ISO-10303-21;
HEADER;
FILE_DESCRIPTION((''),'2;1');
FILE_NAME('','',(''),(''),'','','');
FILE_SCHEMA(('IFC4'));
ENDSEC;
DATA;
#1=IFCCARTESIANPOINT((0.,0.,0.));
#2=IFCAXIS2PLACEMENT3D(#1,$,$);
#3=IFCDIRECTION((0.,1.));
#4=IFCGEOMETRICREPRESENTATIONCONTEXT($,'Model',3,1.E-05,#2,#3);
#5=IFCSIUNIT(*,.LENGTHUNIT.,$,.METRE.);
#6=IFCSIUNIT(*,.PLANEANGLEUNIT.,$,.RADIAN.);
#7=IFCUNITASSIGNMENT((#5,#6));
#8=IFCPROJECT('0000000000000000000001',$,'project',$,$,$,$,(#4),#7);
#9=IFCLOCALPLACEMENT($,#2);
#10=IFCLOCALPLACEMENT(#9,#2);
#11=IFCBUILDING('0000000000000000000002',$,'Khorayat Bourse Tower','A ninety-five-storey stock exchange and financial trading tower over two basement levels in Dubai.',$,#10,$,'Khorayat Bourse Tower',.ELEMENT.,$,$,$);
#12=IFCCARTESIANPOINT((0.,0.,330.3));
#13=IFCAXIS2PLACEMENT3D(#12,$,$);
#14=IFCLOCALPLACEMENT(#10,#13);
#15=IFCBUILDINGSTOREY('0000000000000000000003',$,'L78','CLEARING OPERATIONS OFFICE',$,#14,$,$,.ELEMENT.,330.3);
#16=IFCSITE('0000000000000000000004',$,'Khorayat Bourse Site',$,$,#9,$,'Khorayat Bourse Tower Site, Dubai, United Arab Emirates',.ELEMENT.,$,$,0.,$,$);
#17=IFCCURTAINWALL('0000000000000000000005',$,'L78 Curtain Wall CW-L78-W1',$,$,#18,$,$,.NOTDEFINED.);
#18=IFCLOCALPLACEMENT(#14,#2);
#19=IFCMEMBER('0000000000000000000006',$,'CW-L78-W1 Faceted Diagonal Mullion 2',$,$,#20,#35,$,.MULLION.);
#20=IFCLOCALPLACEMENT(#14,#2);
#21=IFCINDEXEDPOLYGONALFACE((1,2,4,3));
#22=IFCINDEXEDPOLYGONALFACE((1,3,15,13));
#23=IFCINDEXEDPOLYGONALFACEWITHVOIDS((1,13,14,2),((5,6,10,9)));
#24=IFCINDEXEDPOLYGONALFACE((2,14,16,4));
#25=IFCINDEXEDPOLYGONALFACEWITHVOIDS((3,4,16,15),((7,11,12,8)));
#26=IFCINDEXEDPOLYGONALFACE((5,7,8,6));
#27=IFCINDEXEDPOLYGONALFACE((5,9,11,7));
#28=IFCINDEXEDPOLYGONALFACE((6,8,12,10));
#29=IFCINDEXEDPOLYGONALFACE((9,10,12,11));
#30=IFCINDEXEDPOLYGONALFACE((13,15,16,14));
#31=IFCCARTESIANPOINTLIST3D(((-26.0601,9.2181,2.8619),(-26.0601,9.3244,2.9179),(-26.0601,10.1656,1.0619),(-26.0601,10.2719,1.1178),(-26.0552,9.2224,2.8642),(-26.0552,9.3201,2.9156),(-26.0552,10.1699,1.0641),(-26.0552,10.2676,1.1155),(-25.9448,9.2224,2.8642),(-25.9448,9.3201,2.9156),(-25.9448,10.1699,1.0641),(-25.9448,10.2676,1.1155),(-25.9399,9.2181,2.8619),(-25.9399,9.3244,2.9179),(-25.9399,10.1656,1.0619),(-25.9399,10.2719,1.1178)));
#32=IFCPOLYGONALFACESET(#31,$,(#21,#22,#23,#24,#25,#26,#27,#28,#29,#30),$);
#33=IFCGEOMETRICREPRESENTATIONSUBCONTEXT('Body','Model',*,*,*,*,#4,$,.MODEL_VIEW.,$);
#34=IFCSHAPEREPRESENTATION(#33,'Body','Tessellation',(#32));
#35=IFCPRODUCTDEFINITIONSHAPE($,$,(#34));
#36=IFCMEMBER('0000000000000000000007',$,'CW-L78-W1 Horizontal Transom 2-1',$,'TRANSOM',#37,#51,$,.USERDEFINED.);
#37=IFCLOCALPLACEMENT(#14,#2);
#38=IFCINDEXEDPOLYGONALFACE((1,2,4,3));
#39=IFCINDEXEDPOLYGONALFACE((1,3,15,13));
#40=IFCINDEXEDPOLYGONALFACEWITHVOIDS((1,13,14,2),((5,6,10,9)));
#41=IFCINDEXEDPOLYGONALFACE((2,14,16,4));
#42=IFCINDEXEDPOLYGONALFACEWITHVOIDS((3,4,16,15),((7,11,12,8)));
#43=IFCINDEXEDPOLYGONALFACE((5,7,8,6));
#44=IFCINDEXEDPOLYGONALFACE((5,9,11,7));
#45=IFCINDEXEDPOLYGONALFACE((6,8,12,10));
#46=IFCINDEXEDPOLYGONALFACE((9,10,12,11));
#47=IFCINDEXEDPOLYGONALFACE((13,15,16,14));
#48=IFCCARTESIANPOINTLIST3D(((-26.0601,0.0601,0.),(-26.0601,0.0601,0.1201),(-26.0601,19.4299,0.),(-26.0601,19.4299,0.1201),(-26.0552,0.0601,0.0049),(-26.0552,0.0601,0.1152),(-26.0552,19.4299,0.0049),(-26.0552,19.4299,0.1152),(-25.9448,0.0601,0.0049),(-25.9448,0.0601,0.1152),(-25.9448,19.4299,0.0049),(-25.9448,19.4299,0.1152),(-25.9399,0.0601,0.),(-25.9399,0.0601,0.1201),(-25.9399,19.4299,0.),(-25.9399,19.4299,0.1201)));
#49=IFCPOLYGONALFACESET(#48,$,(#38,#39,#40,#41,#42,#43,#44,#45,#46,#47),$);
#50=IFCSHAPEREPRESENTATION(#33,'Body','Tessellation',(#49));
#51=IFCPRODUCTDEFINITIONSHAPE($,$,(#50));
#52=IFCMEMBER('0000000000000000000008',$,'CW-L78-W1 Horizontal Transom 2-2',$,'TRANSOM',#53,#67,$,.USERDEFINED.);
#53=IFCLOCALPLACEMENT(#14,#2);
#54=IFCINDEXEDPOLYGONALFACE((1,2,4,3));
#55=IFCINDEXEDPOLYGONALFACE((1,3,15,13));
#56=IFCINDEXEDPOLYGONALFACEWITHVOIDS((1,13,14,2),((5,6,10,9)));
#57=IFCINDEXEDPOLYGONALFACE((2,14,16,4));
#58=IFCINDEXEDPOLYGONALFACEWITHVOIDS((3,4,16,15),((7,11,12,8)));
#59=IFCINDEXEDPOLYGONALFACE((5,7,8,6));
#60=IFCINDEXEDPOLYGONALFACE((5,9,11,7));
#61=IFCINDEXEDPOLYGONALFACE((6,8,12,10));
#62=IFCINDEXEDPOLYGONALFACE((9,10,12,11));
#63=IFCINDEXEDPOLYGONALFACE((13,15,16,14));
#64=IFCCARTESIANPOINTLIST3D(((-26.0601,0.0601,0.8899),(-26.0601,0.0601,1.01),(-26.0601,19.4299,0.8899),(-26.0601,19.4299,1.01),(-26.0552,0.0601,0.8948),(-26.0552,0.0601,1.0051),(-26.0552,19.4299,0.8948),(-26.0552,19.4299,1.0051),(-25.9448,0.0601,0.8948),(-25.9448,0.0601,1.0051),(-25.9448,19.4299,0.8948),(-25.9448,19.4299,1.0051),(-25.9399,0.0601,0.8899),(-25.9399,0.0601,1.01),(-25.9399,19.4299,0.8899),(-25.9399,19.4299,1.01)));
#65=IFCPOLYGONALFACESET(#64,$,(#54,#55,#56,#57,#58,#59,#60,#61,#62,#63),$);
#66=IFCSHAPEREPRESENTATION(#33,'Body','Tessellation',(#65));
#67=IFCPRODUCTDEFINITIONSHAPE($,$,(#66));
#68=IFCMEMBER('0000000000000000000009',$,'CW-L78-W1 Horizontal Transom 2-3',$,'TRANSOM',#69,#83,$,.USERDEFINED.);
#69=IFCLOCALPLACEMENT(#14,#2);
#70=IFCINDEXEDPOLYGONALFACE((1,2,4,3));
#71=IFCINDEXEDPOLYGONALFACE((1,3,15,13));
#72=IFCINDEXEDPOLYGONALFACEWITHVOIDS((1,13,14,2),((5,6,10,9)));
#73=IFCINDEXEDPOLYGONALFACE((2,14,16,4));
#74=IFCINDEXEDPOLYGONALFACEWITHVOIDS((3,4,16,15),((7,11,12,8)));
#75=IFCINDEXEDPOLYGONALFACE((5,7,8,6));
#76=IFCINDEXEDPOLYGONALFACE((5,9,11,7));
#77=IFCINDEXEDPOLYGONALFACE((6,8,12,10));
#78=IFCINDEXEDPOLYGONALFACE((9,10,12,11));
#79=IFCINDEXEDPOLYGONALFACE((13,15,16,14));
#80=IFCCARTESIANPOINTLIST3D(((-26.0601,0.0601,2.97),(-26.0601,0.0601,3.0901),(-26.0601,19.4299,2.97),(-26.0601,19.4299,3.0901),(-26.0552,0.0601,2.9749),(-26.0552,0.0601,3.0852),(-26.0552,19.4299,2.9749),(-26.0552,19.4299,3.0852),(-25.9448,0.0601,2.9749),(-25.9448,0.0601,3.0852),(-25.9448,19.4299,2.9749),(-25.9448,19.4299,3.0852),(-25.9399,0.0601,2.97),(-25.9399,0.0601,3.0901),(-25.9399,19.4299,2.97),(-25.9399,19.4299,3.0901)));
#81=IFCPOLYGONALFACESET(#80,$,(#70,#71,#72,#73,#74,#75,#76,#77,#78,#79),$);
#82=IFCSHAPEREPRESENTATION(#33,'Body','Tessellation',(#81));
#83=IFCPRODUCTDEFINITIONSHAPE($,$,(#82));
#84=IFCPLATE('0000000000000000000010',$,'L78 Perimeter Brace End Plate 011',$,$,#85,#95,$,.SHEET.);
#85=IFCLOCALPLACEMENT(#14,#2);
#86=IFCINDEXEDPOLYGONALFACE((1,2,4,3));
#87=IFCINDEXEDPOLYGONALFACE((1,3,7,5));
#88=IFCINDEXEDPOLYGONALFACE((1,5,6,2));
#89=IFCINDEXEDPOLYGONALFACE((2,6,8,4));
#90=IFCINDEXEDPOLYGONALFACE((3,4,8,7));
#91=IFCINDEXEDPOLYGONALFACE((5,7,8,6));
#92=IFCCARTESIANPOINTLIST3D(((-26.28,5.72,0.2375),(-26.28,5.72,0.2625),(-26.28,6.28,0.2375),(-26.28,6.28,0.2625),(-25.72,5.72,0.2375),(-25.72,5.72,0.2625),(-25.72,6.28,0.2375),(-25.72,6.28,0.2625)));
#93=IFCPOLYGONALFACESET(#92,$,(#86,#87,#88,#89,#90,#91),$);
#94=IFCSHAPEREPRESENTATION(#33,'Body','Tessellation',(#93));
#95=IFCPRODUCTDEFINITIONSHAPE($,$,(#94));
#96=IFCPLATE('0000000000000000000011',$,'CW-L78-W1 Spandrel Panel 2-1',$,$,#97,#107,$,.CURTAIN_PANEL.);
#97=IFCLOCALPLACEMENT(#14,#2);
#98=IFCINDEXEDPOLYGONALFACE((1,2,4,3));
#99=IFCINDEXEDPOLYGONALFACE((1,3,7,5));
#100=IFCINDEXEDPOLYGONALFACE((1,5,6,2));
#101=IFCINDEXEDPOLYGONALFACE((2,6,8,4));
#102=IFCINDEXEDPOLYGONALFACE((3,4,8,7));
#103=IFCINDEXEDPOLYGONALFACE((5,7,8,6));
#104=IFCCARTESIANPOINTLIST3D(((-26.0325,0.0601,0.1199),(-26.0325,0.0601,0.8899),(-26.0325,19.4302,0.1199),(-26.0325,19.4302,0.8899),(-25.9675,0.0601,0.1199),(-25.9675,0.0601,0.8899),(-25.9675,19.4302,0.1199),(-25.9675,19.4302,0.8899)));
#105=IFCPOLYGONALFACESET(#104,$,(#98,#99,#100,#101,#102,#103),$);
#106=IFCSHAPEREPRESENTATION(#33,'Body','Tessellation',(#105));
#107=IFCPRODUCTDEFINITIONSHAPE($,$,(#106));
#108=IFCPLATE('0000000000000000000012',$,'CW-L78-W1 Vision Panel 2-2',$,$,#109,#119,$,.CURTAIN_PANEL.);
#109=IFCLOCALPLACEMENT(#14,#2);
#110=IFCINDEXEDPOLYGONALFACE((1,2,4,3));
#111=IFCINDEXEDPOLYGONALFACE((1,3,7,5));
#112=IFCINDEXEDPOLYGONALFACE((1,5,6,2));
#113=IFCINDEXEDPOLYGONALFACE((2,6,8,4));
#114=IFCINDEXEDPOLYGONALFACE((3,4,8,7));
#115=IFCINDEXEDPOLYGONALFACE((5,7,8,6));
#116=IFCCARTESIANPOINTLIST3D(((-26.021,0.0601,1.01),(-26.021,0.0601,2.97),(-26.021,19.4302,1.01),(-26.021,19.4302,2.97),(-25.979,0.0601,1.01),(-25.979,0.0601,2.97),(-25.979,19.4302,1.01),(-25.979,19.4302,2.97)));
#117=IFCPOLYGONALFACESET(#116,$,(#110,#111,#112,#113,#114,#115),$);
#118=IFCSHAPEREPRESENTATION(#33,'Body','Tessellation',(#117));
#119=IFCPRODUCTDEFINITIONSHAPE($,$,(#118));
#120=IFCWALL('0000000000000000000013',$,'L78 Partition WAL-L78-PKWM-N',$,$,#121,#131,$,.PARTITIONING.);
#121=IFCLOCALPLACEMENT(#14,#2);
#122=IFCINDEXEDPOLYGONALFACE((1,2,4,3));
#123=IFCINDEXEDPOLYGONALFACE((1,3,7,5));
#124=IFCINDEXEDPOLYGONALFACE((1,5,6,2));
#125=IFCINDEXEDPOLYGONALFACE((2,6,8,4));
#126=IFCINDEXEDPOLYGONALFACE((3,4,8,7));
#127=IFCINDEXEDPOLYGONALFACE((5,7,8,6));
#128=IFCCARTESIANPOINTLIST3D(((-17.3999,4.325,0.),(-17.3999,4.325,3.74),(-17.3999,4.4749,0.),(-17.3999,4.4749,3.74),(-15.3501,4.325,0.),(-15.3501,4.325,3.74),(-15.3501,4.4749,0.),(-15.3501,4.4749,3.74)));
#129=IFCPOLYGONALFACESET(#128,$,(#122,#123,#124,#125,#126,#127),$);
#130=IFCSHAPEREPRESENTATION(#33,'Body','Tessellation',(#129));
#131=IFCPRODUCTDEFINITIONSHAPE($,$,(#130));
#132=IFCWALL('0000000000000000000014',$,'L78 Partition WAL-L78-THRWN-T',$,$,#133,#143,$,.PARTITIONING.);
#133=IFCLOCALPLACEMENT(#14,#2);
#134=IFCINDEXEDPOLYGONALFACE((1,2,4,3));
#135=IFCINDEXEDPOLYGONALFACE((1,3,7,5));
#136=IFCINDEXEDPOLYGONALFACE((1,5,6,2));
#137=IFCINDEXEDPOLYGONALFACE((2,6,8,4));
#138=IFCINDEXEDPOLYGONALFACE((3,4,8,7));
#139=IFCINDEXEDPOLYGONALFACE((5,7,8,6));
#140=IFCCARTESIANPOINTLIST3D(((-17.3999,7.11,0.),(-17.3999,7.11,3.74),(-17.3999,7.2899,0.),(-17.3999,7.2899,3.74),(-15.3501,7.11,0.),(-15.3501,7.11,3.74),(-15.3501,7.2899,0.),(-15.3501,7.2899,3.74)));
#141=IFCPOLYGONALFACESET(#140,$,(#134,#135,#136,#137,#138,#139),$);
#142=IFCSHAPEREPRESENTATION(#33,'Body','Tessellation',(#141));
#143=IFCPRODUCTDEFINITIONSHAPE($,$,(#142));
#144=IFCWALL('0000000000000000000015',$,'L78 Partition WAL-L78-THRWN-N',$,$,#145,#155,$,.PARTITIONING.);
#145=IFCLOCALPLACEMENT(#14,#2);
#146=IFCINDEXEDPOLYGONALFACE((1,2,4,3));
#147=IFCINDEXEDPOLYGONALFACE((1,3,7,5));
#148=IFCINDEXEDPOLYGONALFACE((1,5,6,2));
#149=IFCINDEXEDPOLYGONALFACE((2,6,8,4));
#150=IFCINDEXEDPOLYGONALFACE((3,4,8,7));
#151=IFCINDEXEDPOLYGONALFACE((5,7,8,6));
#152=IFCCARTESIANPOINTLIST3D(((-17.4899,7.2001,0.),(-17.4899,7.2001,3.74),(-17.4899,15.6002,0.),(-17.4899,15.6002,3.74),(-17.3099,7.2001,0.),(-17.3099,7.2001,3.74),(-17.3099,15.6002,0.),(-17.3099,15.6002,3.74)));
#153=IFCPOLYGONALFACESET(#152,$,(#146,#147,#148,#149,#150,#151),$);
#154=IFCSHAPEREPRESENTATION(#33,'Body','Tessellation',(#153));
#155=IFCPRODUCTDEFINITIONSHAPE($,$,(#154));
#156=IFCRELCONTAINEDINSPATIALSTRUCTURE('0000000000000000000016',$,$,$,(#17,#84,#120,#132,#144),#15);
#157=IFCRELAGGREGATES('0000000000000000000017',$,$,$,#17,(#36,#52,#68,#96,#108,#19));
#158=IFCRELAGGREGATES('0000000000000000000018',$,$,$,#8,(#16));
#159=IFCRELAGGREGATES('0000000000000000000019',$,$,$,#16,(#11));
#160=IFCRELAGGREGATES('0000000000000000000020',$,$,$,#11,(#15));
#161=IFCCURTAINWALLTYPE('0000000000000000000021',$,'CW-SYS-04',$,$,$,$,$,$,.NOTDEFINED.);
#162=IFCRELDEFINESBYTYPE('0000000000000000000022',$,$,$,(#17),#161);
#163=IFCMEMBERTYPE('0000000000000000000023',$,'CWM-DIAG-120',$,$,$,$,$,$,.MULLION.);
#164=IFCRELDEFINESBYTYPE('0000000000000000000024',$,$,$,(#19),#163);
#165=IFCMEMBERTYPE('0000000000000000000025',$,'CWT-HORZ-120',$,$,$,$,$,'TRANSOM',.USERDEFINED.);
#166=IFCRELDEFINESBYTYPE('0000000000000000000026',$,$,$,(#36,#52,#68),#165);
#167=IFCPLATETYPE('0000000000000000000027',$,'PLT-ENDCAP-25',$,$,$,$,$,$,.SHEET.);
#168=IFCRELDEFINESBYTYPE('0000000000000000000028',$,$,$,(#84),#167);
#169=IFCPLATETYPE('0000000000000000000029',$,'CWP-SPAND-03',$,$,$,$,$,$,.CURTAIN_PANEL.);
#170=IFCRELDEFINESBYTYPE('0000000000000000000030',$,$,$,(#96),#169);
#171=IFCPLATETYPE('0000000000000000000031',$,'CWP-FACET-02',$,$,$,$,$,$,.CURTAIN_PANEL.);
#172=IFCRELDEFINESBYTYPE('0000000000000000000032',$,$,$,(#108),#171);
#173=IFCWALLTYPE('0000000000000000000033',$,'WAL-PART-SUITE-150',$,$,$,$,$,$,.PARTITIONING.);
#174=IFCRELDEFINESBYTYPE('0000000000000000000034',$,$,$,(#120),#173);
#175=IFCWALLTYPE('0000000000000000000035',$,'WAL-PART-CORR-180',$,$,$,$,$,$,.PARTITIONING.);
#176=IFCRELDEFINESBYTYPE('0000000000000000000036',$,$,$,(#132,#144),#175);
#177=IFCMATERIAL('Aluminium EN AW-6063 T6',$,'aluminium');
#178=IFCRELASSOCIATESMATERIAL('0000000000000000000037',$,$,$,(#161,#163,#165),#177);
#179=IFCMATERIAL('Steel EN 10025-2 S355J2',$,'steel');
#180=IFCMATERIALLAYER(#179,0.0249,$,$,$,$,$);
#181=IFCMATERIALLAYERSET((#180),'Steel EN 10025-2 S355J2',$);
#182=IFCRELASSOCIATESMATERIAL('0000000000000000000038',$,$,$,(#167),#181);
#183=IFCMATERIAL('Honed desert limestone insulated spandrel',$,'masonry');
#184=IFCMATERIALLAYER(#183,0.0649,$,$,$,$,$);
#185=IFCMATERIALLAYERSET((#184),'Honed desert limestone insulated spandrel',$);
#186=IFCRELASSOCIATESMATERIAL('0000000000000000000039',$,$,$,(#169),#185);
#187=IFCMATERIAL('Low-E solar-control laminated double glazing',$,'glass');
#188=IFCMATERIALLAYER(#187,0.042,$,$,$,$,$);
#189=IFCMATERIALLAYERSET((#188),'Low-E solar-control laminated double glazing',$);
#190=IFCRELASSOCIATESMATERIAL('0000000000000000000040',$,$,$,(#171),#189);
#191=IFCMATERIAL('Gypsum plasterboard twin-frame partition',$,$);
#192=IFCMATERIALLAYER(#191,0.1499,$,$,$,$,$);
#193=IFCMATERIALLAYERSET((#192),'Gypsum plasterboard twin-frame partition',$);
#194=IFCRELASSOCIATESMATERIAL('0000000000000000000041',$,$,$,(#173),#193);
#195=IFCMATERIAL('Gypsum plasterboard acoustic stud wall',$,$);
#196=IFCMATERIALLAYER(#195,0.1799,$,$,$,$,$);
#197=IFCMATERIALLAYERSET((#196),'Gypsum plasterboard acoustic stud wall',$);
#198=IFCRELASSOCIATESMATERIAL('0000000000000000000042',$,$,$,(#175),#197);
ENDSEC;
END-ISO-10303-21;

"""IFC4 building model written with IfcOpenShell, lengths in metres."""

from ifc_helpers import new_model, si_unit, direction, frame, frame_2d, origin, origin_2d, place, context, subcontext, project, spatial, rectangle, hollow_rectangle, extrude, source, transform, mapped, material, layer, layer_set, material_profile, profile_set, type_object, element, aggregate, save


model = new_model("IFC4")

# Units and contexts
model_context = context("Model", 3, precision=1e-05, world=origin(), true_north=direction((0.0, 1.0)))
body_context = subcontext(model_context, "Body", "Model", "MODEL_VIEW")
ifc_project = project(units=[si_unit("LENGTHUNIT", "METRE"), si_unit("PLANEANGLEUNIT", "RADIAN")], contexts=[model_context])

# Site, building, storey
site_placement = place(None, origin())
site = spatial("IfcSite", under=ifc_project, at=site_placement, Name="Khorayat Bourse Site", LongName="Khorayat Bourse Tower Site, Dubai, United Arab Emirates", CompositionType="ELEMENT", RefElevation=0.0)
building_placement = place(site_placement, origin())
building = spatial("IfcBuilding", under=site, at=building_placement, Name="Khorayat Bourse Tower", Description="A ninety-five-storey stock exchange and financial trading tower over two basement levels in Dubai.", LongName="Khorayat Bourse Tower", CompositionType="ELEMENT")
storey_placement = place(building_placement, frame((0.0, 0.0, 330.3)))
storey = spatial("IfcBuildingStorey", under=building, at=storey_placement, Name="L78", Description="CLEARING OPERATIONS OFFICE", CompositionType="ELEMENT", Elevation=330.3)

# Shared definitions
ifc_material_1 = material(Name="Steel EN 10025-2 S355J2", Category="steel")

# Curtain wall, members
ifc_material_2 = material(Name="Aluminium EN AW-6063 T6", Category="aluminium")
curtain_wall_type = type_object("IfcCurtainWallType", Name="CW-SYS-04", PredefinedType="NOTDEFINED", material=ifc_material_2)
curtain_wall_placement = place(storey_placement, origin())
curtain_wall = element("IfcCurtainWall", 1, at=curtain_wall_placement, inside=storey, type_object=curtain_wall_type, Name="L78 Curtain Wall CW-L78-W1", PredefinedType="NOTDEFINED")
ifc_material_profile_1 = material_profile(ifc_material_2, hollow_rectangle(XDim=0.1201, YDim=0.1201, WallThickness=0.0049, at=origin_2d()), Name="ALU 120x120x5")
ifc_profile_set_1 = profile_set([ifc_material_profile_1], Name="Aluminium EN AW-6063 T6")
member_type_1 = type_object("IfcMemberType", Name="CWM-DIAG-120", PredefinedType="MULLION", material=ifc_profile_set_1)
shared_shape_1 = source(origin(), body_context, "Body", "SweptSolid", [
    extrude(hollow_rectangle(XDim=0.1201, YDim=0.1201, WallThickness=0.0049, at=origin_2d()), origin(), (0.0, 0.0, 1.0), 2.0342),
])
member_1_placement = place(storey_placement, frame((-26.0, 10.2188, 1.0898), z_axis=(0.0, -0.465791, 0.884895), x_axis=(1.0, 0.0, 0.0)))
member_1 = element("IfcMember", 2, at=member_1_placement, type_object=member_type_1, Name="CW-L78-W1 Faceted Diagonal Mullion 2", PredefinedType="MULLION", context=body_context, shape_type="MappedRepresentation", body=[
    mapped(shared_shape_1, transform((0.0, 0.0, 0.0), scale=1.0)),
])
ifc_material_profile_2 = material_profile(ifc_material_2, hollow_rectangle(XDim=0.1201, YDim=0.1201, WallThickness=0.0049, at=origin_2d()), Name="ALU 120x120x5")
ifc_profile_set_2 = profile_set([ifc_material_profile_2], Name="Aluminium EN AW-6063 T6")
member_type_2 = type_object("IfcMemberType", Name="CWT-HORZ-120", ElementType="TRANSOM", PredefinedType="USERDEFINED", material=ifc_profile_set_2)
shared_shape_2 = source(origin(), body_context, "Body", "SweptSolid", [
    extrude(hollow_rectangle(XDim=0.1201, YDim=0.1201, WallThickness=0.0049, at=origin_2d()), origin(), (0.0, 0.0, 1.0), 19.3699),
])
member_2_placement = place(storey_placement, frame((-26.0, 0.0601, 0.0601), z_axis=(0.0, 1.0, 0.0), x_axis=(-1.0, 0.0, 0.0)))
member_2 = element("IfcMember", 3, at=member_2_placement, type_object=member_type_2, Name="CW-L78-W1 Horizontal Transom 2-1", ObjectType="TRANSOM", PredefinedType="USERDEFINED", context=body_context, shape_type="MappedRepresentation", body=[
    mapped(shared_shape_2, transform((0.0, 0.0, 0.0), scale=1.0)),
])
member_3_placement = place(storey_placement, frame((-26.0, 0.0601, 0.95), z_axis=(0.0, 1.0, 0.0), x_axis=(-1.0, 0.0, 0.0)))
member_3 = element("IfcMember", 4, at=member_3_placement, type_object=member_type_2, Name="CW-L78-W1 Horizontal Transom 2-2", ObjectType="TRANSOM", PredefinedType="USERDEFINED", context=body_context, shape_type="MappedRepresentation", body=[
    mapped(shared_shape_2, transform((0.0, 0.0, 0.0), scale=1.0)),
])
member_4_placement = place(storey_placement, frame((-26.0, 0.0601, 3.03), z_axis=(0.0, 1.0, 0.0), x_axis=(-1.0, 0.0, 0.0)))
member_4 = element("IfcMember", 5, at=member_4_placement, type_object=member_type_2, Name="CW-L78-W1 Horizontal Transom 2-3", ObjectType="TRANSOM", PredefinedType="USERDEFINED", context=body_context, shape_type="MappedRepresentation", body=[
    mapped(shared_shape_2, transform((0.0, 0.0, 0.0), scale=1.0)),
])

# Plates
ifc_layer_1 = layer(ifc_material_1, 0.0249)
ifc_layer_set_1 = layer_set([ifc_layer_1], Name="Steel EN 10025-2 S355J2")
plate_type_1 = type_object("IfcPlateType", Name="PLT-ENDCAP-25", PredefinedType="SHEET", material=ifc_layer_set_1)
shared_shape_3 = source(origin(), body_context, "Body", "SweptSolid", [
    extrude(rectangle(XDim=0.5601, YDim=0.5601, at=origin_2d()), origin(), (0.0, 0.0, 1.0), 0.0249),
])
plate_1_placement = place(storey_placement, frame((-26.0, 6.0, 0.2375), z_axis=(0.0, 0.0, 1.0), x_axis=(1.0, 0.0, 0.0)))
element("IfcPlate", 6, at=plate_1_placement, inside=storey, type_object=plate_type_1, Name="L78 Perimeter Brace End Plate 011", PredefinedType="SHEET", context=body_context, shape_type="MappedRepresentation", body=[
    mapped(shared_shape_3, transform((0.0, 0.0, 0.0), scale=1.0)),
])
ifc_material_3 = material(Name="Honed desert limestone insulated spandrel", Category="masonry")
ifc_layer_2 = layer(ifc_material_3, 0.0649)
ifc_layer_set_2 = layer_set([ifc_layer_2], Name="Honed desert limestone insulated spandrel")
plate_type_2 = type_object("IfcPlateType", Name="CWP-SPAND-03", PredefinedType="CURTAIN_PANEL", material=ifc_layer_set_2)
shared_shape_4 = source(origin(), body_context, "Body", "SweptSolid", [
    extrude(rectangle(XDim=19.3701, YDim=0.0649, at=origin_2d()), origin(), (0.0, 0.0, 1.0), 0.77),
])
plate_2_placement = place(storey_placement, frame((-26.0, 9.7451, 0.1199), z_axis=(0.0, 0.0, 1.0), x_axis=(0.0, 1.0, 0.0)))
plate_2 = element("IfcPlate", 7, at=plate_2_placement, type_object=plate_type_2, Name="CW-L78-W1 Spandrel Panel 2-1", PredefinedType="CURTAIN_PANEL", context=body_context, shape_type="MappedRepresentation", body=[
    mapped(shared_shape_4, transform((0.0, 0.0, 0.0), scale=1.0)),
])
ifc_material_4 = material(Name="Low-E solar-control laminated double glazing", Category="glass")
ifc_layer_3 = layer(ifc_material_4, 0.042)
ifc_layer_set_3 = layer_set([ifc_layer_3], Name="Low-E solar-control laminated double glazing")
plate_type_3 = type_object("IfcPlateType", Name="CWP-FACET-02", PredefinedType="CURTAIN_PANEL", material=ifc_layer_set_3)
shared_shape_5 = source(origin(), body_context, "Body", "SweptSolid", [
    extrude(rectangle(XDim=19.3701, YDim=0.042, at=origin_2d()), origin(), (0.0, 0.0, 1.0), 1.96),
])
plate_3_placement = place(storey_placement, frame((-26.0, 9.7451, 1.01), z_axis=(0.0, 0.0, 1.0), x_axis=(0.0, 1.0, 0.0)))
plate_3 = element("IfcPlate", 8, at=plate_3_placement, type_object=plate_type_3, Name="CW-L78-W1 Vision Panel 2-2", PredefinedType="CURTAIN_PANEL", context=body_context, shape_type="MappedRepresentation", body=[
    mapped(shared_shape_5, transform((0.0, 0.0, 0.0), scale=1.0)),
])
aggregate(curtain_wall, [member_2, member_3, member_4, plate_2, plate_3, member_1])

# Walls
ifc_material_5 = material(Name="Gypsum plasterboard twin-frame partition")
ifc_layer_4 = layer(ifc_material_5, 0.1499)
ifc_layer_set_4 = layer_set([ifc_layer_4], Name="Gypsum plasterboard twin-frame partition")
wall_type_1 = type_object("IfcWallType", Name="WAL-PART-SUITE-150", PredefinedType="PARTITIONING", material=ifc_layer_set_4)
shared_shape_6 = source(origin(), body_context, "Body", "SweptSolid", [
    extrude(rectangle(XDim=2.0498, YDim=0.1499, at=frame_2d((1.0249, 0.0))), origin(), (0.0, 0.0, 1.0), 3.74),
])
wall_1_placement = place(storey_placement, frame((-17.3999, 4.3999, 0.0), z_axis=(0.0, 0.0, 1.0), x_axis=(1.0, 0.0, 0.0)))
element("IfcWall", 9, at=wall_1_placement, inside=storey, type_object=wall_type_1, Name="L78 Partition WAL-L78-PKWM-N", PredefinedType="PARTITIONING", context=body_context, shape_type="MappedRepresentation", body=[
    mapped(shared_shape_6, transform((0.0, 0.0, 0.0), scale=1.0)),
])
ifc_material_6 = material(Name="Gypsum plasterboard acoustic stud wall")
ifc_layer_5 = layer(ifc_material_6, 0.1799)
ifc_layer_set_5 = layer_set([ifc_layer_5], Name="Gypsum plasterboard acoustic stud wall")
wall_type_2 = type_object("IfcWallType", Name="WAL-PART-CORR-180", PredefinedType="PARTITIONING", material=ifc_layer_set_5)
shared_shape_7 = source(origin(), body_context, "Body", "SweptSolid", [
    extrude(rectangle(XDim=2.0498, YDim=0.1799, at=frame_2d((1.0249, 0.0))), origin(), (0.0, 0.0, 1.0), 3.74),
])
wall_2_placement = place(storey_placement, frame((-17.3999, 7.2, 0.0), z_axis=(0.0, 0.0, 1.0), x_axis=(1.0, 0.0, 0.0)))
element("IfcWall", 10, at=wall_2_placement, inside=storey, type_object=wall_type_2, Name="L78 Partition WAL-L78-THRWN-T", PredefinedType="PARTITIONING", context=body_context, shape_type="MappedRepresentation", body=[
    mapped(shared_shape_7, transform((0.0, 0.0, 0.0), scale=1.0)),
])
shared_shape_8 = source(origin(), body_context, "Body", "SweptSolid", [
    extrude(rectangle(XDim=8.4001, YDim=0.1799, at=frame_2d((4.2002, 0.0))), origin(), (0.0, 0.0, 1.0), 3.74),
])
wall_3_placement = place(storey_placement, frame((-17.3999, 7.2, 0.0), z_axis=(0.0, 0.0, 1.0), x_axis=(0.0, 1.0, 0.0)))
element("IfcWall", 11, at=wall_3_placement, inside=storey, type_object=wall_type_2, Name="L78 Partition WAL-L78-THRWN-N", PredefinedType="PARTITIONING", context=body_context, shape_type="MappedRepresentation", body=[
    mapped(shared_shape_8, transform((0.0, 0.0, 0.0), scale=1.0)),
])

save(model, "model.ifc")
